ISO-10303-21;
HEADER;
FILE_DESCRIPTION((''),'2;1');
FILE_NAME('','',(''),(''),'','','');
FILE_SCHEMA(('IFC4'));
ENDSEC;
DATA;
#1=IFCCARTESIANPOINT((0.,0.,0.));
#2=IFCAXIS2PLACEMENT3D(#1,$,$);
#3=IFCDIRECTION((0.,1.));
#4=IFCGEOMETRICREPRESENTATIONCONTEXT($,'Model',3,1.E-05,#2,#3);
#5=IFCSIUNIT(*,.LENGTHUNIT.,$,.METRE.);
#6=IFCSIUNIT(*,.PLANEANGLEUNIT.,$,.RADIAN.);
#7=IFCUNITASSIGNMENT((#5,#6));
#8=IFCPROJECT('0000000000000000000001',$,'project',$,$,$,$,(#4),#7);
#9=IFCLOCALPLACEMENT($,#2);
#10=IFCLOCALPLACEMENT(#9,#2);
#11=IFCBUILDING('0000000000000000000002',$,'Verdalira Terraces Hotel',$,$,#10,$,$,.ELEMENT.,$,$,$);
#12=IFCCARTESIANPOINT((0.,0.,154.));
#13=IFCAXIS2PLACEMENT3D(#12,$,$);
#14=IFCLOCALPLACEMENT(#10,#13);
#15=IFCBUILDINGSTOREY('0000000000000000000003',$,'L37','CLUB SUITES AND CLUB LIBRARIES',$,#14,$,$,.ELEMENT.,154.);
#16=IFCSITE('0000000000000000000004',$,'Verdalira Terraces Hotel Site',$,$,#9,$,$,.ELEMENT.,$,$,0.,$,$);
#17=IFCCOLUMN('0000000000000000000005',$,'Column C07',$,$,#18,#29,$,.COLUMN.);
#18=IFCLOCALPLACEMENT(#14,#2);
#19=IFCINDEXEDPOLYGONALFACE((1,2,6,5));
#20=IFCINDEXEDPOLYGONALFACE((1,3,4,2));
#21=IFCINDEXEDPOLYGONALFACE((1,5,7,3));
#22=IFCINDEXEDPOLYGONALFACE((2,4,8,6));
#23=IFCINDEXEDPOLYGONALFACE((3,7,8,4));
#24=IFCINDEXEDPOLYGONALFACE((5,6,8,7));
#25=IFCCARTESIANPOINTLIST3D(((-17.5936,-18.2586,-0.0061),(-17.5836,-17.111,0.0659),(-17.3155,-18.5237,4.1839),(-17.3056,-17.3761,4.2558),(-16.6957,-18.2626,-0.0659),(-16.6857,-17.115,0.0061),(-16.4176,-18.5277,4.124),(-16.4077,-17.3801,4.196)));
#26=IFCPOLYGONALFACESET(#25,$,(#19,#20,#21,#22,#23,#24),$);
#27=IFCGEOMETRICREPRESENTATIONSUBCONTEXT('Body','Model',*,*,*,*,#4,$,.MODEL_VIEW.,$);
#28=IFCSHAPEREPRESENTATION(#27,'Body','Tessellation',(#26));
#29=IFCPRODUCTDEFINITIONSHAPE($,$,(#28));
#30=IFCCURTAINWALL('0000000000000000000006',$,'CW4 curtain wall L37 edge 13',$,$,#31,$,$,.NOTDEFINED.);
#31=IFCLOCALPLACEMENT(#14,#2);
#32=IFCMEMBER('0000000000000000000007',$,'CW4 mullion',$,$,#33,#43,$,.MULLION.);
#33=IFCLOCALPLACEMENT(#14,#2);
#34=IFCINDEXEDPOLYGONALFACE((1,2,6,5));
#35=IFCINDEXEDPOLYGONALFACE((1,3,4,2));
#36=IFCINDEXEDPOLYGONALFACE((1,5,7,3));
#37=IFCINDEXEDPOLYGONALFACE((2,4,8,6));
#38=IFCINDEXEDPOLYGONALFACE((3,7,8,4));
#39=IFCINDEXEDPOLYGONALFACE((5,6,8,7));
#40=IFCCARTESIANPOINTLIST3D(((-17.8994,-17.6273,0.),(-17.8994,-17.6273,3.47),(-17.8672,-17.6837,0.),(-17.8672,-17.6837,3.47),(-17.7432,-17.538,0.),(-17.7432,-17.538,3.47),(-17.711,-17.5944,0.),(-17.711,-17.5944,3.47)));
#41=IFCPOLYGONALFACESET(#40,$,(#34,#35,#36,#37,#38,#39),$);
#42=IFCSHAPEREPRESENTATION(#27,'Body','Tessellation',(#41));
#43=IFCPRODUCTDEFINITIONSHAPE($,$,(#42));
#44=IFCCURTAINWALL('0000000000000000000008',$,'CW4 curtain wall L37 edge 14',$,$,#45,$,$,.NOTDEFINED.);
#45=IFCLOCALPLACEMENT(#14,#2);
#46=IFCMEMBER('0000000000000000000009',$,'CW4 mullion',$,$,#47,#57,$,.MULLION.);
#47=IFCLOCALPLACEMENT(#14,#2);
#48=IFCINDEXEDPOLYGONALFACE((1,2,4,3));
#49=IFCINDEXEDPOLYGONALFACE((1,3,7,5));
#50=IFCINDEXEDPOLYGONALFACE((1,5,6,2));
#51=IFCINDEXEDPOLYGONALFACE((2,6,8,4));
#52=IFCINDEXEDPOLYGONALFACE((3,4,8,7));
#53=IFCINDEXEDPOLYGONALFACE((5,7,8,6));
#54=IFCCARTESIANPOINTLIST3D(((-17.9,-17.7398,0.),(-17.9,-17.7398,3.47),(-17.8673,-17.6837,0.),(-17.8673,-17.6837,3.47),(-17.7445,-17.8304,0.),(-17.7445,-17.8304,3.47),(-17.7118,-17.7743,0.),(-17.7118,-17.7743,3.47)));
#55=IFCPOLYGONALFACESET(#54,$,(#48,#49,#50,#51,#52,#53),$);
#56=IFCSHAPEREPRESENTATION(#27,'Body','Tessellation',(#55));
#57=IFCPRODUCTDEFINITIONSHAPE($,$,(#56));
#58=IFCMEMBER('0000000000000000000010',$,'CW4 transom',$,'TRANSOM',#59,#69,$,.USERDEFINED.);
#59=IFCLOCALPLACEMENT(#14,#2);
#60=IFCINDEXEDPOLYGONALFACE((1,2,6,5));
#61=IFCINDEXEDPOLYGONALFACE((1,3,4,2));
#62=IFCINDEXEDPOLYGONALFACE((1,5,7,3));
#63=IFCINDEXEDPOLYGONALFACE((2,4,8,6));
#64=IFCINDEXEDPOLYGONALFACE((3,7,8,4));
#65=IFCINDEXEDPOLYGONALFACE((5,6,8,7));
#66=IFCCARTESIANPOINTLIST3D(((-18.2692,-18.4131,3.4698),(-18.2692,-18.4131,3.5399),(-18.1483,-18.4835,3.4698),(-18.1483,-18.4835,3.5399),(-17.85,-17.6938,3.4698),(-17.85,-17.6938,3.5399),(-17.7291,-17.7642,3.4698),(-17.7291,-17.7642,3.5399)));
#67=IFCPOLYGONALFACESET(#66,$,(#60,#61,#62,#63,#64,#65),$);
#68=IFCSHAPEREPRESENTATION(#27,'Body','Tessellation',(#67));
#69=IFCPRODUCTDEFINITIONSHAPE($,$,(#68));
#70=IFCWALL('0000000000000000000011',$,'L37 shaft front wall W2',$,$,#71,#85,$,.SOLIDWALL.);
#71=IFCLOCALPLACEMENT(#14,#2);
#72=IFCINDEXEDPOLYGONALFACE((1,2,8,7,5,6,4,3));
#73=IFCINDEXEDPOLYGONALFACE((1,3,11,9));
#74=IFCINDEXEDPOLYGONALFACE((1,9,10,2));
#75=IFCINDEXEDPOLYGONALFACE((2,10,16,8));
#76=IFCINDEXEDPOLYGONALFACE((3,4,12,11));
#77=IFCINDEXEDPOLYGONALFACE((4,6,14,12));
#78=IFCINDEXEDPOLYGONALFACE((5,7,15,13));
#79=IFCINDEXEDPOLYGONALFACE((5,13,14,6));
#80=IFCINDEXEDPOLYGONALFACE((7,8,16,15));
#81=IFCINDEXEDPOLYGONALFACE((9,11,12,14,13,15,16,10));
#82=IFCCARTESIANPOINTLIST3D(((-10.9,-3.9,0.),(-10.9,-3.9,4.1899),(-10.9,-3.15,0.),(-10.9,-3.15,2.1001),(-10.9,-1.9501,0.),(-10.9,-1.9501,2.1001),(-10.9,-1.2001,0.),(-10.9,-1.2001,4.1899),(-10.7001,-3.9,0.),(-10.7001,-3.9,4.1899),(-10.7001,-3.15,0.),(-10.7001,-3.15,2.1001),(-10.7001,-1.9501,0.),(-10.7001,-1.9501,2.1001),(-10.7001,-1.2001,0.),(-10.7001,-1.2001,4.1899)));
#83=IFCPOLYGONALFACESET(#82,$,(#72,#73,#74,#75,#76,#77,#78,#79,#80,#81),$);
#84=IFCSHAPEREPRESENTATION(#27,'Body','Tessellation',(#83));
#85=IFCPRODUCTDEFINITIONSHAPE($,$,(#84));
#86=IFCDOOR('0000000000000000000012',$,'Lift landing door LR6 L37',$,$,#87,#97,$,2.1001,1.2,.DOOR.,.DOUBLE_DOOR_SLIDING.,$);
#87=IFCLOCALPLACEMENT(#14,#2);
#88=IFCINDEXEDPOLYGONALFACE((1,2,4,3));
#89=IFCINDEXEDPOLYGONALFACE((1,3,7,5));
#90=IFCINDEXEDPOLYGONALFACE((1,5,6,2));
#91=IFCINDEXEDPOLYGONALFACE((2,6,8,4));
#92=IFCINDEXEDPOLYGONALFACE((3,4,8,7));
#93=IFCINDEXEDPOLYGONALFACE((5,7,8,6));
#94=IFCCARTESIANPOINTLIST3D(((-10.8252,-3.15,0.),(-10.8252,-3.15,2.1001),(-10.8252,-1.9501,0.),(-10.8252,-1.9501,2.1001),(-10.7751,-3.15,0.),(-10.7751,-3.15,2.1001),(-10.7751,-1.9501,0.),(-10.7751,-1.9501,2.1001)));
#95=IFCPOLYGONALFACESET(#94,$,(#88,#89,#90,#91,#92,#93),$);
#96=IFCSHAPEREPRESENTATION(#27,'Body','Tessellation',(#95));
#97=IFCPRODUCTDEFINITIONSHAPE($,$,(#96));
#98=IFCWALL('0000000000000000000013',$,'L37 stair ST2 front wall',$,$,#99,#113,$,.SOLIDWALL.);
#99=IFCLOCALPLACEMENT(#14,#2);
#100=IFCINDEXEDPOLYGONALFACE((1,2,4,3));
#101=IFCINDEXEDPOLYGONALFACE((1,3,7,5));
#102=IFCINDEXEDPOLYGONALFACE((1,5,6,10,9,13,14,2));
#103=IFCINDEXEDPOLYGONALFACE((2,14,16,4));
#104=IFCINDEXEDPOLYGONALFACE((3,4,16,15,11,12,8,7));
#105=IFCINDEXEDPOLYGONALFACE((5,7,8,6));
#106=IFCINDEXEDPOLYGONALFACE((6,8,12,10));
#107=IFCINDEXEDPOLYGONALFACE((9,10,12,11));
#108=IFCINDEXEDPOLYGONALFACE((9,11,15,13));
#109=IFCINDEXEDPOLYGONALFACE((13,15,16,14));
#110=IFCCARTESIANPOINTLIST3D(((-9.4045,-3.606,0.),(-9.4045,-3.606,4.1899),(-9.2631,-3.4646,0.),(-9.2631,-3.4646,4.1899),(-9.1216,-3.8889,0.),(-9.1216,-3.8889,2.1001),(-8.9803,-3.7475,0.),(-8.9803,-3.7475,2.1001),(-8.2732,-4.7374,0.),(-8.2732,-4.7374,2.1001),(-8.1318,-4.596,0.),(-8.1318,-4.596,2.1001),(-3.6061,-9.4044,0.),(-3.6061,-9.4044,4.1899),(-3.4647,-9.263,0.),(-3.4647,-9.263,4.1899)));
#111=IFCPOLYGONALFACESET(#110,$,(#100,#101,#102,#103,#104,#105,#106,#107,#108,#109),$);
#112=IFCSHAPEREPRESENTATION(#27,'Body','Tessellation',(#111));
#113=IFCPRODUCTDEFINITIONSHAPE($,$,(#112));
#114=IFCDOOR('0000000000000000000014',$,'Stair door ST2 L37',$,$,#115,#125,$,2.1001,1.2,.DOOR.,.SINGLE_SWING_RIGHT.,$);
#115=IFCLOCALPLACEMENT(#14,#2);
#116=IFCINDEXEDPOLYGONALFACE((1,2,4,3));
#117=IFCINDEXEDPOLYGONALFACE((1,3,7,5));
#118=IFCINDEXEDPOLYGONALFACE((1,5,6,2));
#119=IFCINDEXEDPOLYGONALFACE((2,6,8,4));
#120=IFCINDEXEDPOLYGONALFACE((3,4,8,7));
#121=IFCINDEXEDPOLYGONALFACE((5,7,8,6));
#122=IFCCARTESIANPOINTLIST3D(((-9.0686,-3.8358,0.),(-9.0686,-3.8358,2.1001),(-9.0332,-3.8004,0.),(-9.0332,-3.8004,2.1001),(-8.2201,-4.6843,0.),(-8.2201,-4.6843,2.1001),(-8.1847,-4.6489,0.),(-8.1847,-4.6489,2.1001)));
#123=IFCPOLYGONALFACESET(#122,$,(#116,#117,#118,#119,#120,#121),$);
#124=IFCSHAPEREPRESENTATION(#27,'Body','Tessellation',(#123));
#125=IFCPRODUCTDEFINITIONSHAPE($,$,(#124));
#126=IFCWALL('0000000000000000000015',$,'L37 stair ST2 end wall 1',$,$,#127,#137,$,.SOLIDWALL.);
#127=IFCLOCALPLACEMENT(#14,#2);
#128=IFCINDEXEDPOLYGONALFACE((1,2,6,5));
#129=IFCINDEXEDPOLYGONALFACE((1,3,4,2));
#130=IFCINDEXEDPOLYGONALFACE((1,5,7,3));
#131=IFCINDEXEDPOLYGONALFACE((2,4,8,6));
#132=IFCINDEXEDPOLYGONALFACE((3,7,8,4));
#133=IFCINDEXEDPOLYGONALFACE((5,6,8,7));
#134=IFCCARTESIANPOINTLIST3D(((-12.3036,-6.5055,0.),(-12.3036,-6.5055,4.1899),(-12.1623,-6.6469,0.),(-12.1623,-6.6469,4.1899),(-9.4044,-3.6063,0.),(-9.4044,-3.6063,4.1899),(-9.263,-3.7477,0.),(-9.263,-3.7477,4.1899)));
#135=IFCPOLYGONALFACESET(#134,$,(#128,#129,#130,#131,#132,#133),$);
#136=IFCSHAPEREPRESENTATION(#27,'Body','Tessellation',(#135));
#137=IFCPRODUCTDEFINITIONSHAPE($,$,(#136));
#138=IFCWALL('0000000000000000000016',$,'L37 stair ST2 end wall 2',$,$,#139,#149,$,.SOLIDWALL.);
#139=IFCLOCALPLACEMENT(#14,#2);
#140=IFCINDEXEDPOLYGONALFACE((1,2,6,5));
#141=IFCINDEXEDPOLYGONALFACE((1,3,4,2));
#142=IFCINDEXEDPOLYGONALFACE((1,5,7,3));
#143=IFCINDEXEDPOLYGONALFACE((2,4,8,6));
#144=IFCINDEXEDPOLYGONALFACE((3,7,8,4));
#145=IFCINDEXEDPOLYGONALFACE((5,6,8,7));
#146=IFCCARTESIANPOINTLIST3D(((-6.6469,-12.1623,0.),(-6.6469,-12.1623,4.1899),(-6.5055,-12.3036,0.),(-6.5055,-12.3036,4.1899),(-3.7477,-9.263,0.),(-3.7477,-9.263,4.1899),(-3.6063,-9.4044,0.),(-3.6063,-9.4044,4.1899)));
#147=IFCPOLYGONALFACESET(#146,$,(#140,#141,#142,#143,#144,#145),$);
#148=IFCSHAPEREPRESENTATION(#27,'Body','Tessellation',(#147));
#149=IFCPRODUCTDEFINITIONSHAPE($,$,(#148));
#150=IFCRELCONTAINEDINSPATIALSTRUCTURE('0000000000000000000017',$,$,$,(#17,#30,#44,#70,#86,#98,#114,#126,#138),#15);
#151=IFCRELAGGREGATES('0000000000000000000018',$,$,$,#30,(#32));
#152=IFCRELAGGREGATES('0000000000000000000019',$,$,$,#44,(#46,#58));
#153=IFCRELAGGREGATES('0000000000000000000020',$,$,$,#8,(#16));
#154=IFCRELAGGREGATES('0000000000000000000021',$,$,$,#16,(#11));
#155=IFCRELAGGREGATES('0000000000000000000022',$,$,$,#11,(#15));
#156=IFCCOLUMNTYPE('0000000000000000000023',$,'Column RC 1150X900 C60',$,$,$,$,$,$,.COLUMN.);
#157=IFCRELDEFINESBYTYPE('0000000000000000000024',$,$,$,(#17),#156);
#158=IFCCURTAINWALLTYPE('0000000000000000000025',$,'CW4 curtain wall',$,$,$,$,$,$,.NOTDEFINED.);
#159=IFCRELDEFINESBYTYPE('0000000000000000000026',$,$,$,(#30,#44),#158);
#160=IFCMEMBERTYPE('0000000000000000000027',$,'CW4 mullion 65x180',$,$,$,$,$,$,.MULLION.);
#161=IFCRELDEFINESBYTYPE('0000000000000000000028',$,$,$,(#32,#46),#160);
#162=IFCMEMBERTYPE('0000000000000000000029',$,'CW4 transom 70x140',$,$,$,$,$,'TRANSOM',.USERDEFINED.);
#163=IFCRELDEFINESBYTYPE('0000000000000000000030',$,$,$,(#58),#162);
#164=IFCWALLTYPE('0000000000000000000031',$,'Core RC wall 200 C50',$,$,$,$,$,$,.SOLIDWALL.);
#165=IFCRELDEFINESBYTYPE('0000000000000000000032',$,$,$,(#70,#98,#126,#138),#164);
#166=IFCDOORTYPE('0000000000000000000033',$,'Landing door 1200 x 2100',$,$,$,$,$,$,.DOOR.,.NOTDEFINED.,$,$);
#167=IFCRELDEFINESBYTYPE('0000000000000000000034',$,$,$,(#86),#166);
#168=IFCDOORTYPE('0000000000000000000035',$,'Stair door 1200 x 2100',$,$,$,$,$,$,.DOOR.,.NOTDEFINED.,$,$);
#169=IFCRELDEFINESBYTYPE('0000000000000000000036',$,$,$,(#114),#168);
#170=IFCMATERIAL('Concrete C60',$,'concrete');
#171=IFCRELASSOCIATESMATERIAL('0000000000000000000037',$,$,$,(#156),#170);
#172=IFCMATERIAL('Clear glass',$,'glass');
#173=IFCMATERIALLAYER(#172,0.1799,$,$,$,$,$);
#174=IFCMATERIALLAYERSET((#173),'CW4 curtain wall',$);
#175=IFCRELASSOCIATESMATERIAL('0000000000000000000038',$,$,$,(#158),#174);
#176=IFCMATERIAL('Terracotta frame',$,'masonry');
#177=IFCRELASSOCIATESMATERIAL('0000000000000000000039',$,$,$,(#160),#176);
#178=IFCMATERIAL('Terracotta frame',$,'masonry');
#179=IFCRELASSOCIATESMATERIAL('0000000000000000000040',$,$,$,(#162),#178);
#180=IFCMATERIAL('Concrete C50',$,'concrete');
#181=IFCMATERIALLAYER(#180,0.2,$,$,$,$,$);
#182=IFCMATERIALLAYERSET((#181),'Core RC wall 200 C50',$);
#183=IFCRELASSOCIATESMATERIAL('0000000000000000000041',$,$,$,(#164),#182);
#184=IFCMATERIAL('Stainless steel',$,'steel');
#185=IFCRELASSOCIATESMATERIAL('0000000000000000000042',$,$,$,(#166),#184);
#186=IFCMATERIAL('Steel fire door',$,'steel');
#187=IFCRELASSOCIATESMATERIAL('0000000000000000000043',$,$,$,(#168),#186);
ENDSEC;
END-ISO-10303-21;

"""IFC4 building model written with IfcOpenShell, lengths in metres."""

from ifc_helpers import new_model, si_unit, direction, frame, frame_2d, origin, origin_2d, place, context, subcontext, project, spatial, rectangle, extrude, material, layer, layer_set, material_profile, profile_set, type_object, element, fill, aggregate, save


model = new_model("IFC4")

# Units and contexts
model_context = context("Model", 3, precision=1e-05, world=origin(), true_north=direction((0.0, 1.0)))
body_context = subcontext(model_context, "Body", "Model", "MODEL_VIEW")
ifc_project = project(units=[si_unit("LENGTHUNIT", "METRE"), si_unit("PLANEANGLEUNIT", "RADIAN")], contexts=[model_context])

# Site, building, storey
site_placement = place(None, origin())
site = spatial("IfcSite", under=ifc_project, at=site_placement, Name="Verdalira Terraces Hotel Site", CompositionType="ELEMENT", RefElevation=0.0)
building_placement = place(site_placement, origin())
building = spatial("IfcBuilding", under=site, at=building_placement, Name="Verdalira Terraces Hotel", CompositionType="ELEMENT")
storey_placement = place(building_placement, frame((0.0, 0.0, 154.0)))
storey = spatial("IfcBuildingStorey", under=building, at=storey_placement, Name="L37", Description="CLUB SUITES AND CLUB LIBRARIES", CompositionType="ELEMENT", Elevation=154.0)

# Column
ifc_material_1 = material(Name="Concrete C60", Category="concrete")
ifc_material_profile_1 = material_profile(ifc_material_1, rectangle(XDim=1.1499, YDim=0.8999, at=origin_2d()), Name="RC 1150X900")
ifc_profile_set_1 = profile_set([ifc_material_profile_1], Name="Concrete C60")
column_type = type_object("IfcColumnType", Name="Column RC 1150X900 C60", PredefinedType="COLUMN", material=ifc_profile_set_1)
column_placement = place(storey_placement, frame((-17.1396, -17.6868, 0.0), z_axis=(0.06609, -0.063015, 0.995822), x_axis=(0.008617, 0.998003, 0.062581)))
element("IfcColumn", 1, at=column_placement, inside=storey, type_object=column_type, Name="Column C07", PredefinedType="COLUMN", context=body_context, shape_type="SweptSolid", body=[
    extrude(rectangle(XDim=1.1499, YDim=0.8999, at=origin_2d()), origin(), (0.0, 0.0, 1.0), 4.2075),
])

# Curtain wall, member
ifc_material_2 = material(Name="Clear glass", Category="glass")
ifc_layer_1 = layer(ifc_material_2, 0.1799)
ifc_layer_set_1 = layer_set([ifc_layer_1], Name="CW4 curtain wall")
curtain_wall_type = type_object("IfcCurtainWallType", Name="CW4 curtain wall", PredefinedType="NOTDEFINED", material=ifc_layer_set_1)
curtain_wall_1_placement = place(storey_placement, origin())
curtain_wall_1 = element("IfcCurtainWall", 2, at=curtain_wall_1_placement, inside=storey, type_object=curtain_wall_type, Name="CW4 curtain wall L37 edge 13", PredefinedType="NOTDEFINED")
ifc_material_3 = material(Name="Terracotta frame", Category="masonry")
ifc_material_profile_2 = material_profile(ifc_material_3, rectangle(XDim=0.0649, YDim=0.1799, at=origin_2d()), Name="MU 65x180")
ifc_profile_set_2 = profile_set([ifc_material_profile_2], Name="Terracotta frame")
member_type_1 = type_object("IfcMemberType", Name="CW4 mullion 65x180", PredefinedType="MULLION", material=ifc_profile_set_2)
member_1_placement = place(storey_placement, frame((-17.8052, -17.6108, 0.0), z_axis=(0.0, 0.0, 1.0), x_axis=(0.496368, -0.868112, 0.0)))
member_1 = element("IfcMember", 3, at=member_1_placement, type_object=member_type_1, Name="CW4 mullion", PredefinedType="MULLION", context=body_context, shape_type="SweptSolid", body=[
    extrude(rectangle(XDim=0.0649, YDim=0.1799, at=origin_2d()), origin(), (0.0, 0.0, 1.0), 3.47),
])
aggregate(curtain_wall_1, [member_1])

# Curtain wall, members
curtain_wall_2_placement = place(storey_placement, origin())
curtain_wall_2 = element("IfcCurtainWall", 4, at=curtain_wall_2_placement, inside=storey, type_object=curtain_wall_type, Name="CW4 curtain wall L37 edge 14", PredefinedType="NOTDEFINED")
member_2_placement = place(storey_placement, frame((-17.8059, -17.7571, 0.0), z_axis=(0.0, 0.0, 1.0), x_axis=(-0.503623, -0.863923, 0.0)))
member_2 = element("IfcMember", 5, at=member_2_placement, type_object=member_type_1, Name="CW4 mullion", PredefinedType="MULLION", context=body_context, shape_type="SweptSolid", body=[
    extrude(rectangle(XDim=0.0649, YDim=0.1799, at=origin_2d()), origin(), (0.0, 0.0, 1.0), 3.47),
])
ifc_material_4 = material(Name="Terracotta frame", Category="masonry")
ifc_material_profile_3 = material_profile(ifc_material_4, rectangle(XDim=0.1399, YDim=0.0701, at=origin_2d()), Name="TR 70x140")
ifc_profile_set_3 = profile_set([ifc_material_profile_3], Name="Terracotta frame")
member_type_2 = type_object("IfcMemberType", Name="CW4 transom 70x140", ElementType="TRANSOM", PredefinedType="USERDEFINED", material=ifc_profile_set_3)
member_3_placement = place(storey_placement, frame((-17.7896, -17.729, 3.5049), z_axis=(-0.503543, -0.86397, 0.0), x_axis=(0.86397, -0.503543, 0.0)))
member_3 = element("IfcMember", 6, at=member_3_placement, type_object=member_type_2, Name="CW4 transom", ObjectType="TRANSOM", PredefinedType="USERDEFINED", context=body_context, shape_type="SweptSolid", body=[
    extrude(rectangle(XDim=0.1399, YDim=0.0701, at=origin_2d()), origin(), (0.0, 0.0, 1.0), 0.8325),
])
aggregate(curtain_wall_2, [member_2, member_3])

# Walls, openings, doors
ifc_material_5 = material(Name="Concrete C50", Category="concrete")
ifc_layer_2 = layer(ifc_material_5, 0.2)
ifc_layer_set_2 = layer_set([ifc_layer_2], Name="Core RC wall 200 C50")
wall_type_1 = type_object("IfcWallType", Name="Core RC wall 200 C50", PredefinedType="SOLIDWALL", material=ifc_layer_set_2)
wall_1_placement = place(storey_placement, frame((-10.8, -1.2, 0.0), z_axis=(0.0, 0.0, 1.0), x_axis=(0.0, -1.0, 0.0)))
wall_1 = element("IfcWall", 7, at=wall_1_placement, inside=storey, type_object=wall_type_1, Name="L37 shaft front wall W2", PredefinedType="SOLIDWALL", context=body_context, shape_type="SweptSolid", body=[
    extrude(rectangle(XDim=2.7, YDim=0.2, at=frame_2d((1.3501, 0.0))), origin(), (0.0, 0.0, 1.0), 4.1899),
])
opening_1_placement = place(wall_1_placement, frame((0.75, 0.0, 0.0)))
opening_1 = element("IfcOpeningElement", 8, at=opening_1_placement, cuts=wall_1, PredefinedType="OPENING", context=body_context, shape_type="SweptSolid", body=[
    extrude(rectangle(XDim=1.2, YDim=2.1001, at=frame_2d((0.6001, 1.05))), frame((0.0, 0.1099, 0.0), z_axis=(0.0, -1.0, 0.0), x_axis=(1.0, 0.0, 0.0)), (0.0, 0.0, 1.0), 0.22),
])
ifc_material_6 = material(Name="Stainless steel", Category="steel")
door_type_1 = type_object("IfcDoorType", Name="Landing door 1200 x 2100", OperationType="NOTDEFINED", PredefinedType="DOOR", material=ifc_material_6)
door_1_placement = place(opening_1_placement, origin())
door_1 = element("IfcDoor", 9, at=door_1_placement, inside=storey, type_object=door_type_1, Name="Lift landing door LR6 L37", OperationType="DOUBLE_DOOR_SLIDING", OverallHeight=2.1001, OverallWidth=1.2, PredefinedType="DOOR", context=body_context, shape_type="SweptSolid", body=[
    extrude(rectangle(XDim=1.2, YDim=2.1001, at=frame_2d((0.6001, 1.05))), frame((0.0, 0.0249, 0.0), z_axis=(0.0, -1.0, 0.0), x_axis=(1.0, 0.0, 0.0)), (0.0, 0.0, 1.0), 0.05),
])
fill(opening_1, door_1)
wall_2_placement = place(storey_placement, frame((-3.5354, -9.3337, 0.0), z_axis=(0.0, 0.0, 1.0), x_axis=(-0.707107, 0.707107, 0.0)))
wall_2 = element("IfcWall", 10, at=wall_2_placement, inside=storey, type_object=wall_type_1, Name="L37 stair ST2 front wall", PredefinedType="SOLIDWALL", context=body_context, shape_type="SweptSolid", body=[
    extrude(rectangle(XDim=8.2002, YDim=0.2, at=frame_2d((4.1001, 0.0))), origin(), (0.0, 0.0, 1.0), 4.1899),
])
opening_2_placement = place(wall_2_placement, frame((6.6001, 0.0, 0.0)))
opening_2 = element("IfcOpeningElement", 11, at=opening_2_placement, cuts=wall_2, PredefinedType="OPENING", context=body_context, shape_type="SweptSolid", body=[
    extrude(rectangle(XDim=1.2, YDim=2.1001, at=frame_2d((0.6001, 1.05))), frame((0.0, 0.1099, 0.0), z_axis=(0.0, -1.0, 0.0), x_axis=(1.0, 0.0, 0.0)), (0.0, 0.0, 1.0), 0.22),
])
ifc_material_7 = material(Name="Steel fire door", Category="steel")
door_type_2 = type_object("IfcDoorType", Name="Stair door 1200 x 2100", OperationType="NOTDEFINED", PredefinedType="DOOR", material=ifc_material_7)
door_2_placement = place(opening_2_placement, origin())
door_2 = element("IfcDoor", 12, at=door_2_placement, inside=storey, type_object=door_type_2, Name="Stair door ST2 L37", OperationType="SINGLE_SWING_RIGHT", OverallHeight=2.1001, OverallWidth=1.2, PredefinedType="DOOR", context=body_context, shape_type="SweptSolid", body=[
    extrude(rectangle(XDim=1.2, YDim=2.1001, at=frame_2d((0.6001, 1.05))), frame((0.0, 0.0249, 0.0), z_axis=(0.0, -1.0, 0.0), x_axis=(1.0, 0.0, 0.0)), (0.0, 0.0, 1.0), 0.05),
])
fill(opening_2, door_2)

# Walls
for number, where, z_axis, x_axis, name in (
    (13, (-9.3337, -3.677, 0.0), (0.0, 0.0, 1.0), (-0.707107, -0.707107, 0.0), "L37 stair ST2 end wall 1"),
    (14, (-3.677, -9.3337, 0.0), (0.0, 0.0, 1.0), (-0.707107, -0.707107, 0.0), "L37 stair ST2 end wall 2"),
):
    element("IfcWall", number, at=place(storey_placement, frame(where, z_axis=z_axis, x_axis=x_axis)), inside=storey, type_object=wall_type_1, Name=name, PredefinedType="SOLIDWALL", context=body_context, shape_type="SweptSolid", body=[
        extrude(rectangle(XDim=4.1001, YDim=0.2, at=frame_2d((2.05, 0.0))), origin(), (0.0, 0.0, 1.0), 4.1899),
    ])

save(model, "model.ifc")
